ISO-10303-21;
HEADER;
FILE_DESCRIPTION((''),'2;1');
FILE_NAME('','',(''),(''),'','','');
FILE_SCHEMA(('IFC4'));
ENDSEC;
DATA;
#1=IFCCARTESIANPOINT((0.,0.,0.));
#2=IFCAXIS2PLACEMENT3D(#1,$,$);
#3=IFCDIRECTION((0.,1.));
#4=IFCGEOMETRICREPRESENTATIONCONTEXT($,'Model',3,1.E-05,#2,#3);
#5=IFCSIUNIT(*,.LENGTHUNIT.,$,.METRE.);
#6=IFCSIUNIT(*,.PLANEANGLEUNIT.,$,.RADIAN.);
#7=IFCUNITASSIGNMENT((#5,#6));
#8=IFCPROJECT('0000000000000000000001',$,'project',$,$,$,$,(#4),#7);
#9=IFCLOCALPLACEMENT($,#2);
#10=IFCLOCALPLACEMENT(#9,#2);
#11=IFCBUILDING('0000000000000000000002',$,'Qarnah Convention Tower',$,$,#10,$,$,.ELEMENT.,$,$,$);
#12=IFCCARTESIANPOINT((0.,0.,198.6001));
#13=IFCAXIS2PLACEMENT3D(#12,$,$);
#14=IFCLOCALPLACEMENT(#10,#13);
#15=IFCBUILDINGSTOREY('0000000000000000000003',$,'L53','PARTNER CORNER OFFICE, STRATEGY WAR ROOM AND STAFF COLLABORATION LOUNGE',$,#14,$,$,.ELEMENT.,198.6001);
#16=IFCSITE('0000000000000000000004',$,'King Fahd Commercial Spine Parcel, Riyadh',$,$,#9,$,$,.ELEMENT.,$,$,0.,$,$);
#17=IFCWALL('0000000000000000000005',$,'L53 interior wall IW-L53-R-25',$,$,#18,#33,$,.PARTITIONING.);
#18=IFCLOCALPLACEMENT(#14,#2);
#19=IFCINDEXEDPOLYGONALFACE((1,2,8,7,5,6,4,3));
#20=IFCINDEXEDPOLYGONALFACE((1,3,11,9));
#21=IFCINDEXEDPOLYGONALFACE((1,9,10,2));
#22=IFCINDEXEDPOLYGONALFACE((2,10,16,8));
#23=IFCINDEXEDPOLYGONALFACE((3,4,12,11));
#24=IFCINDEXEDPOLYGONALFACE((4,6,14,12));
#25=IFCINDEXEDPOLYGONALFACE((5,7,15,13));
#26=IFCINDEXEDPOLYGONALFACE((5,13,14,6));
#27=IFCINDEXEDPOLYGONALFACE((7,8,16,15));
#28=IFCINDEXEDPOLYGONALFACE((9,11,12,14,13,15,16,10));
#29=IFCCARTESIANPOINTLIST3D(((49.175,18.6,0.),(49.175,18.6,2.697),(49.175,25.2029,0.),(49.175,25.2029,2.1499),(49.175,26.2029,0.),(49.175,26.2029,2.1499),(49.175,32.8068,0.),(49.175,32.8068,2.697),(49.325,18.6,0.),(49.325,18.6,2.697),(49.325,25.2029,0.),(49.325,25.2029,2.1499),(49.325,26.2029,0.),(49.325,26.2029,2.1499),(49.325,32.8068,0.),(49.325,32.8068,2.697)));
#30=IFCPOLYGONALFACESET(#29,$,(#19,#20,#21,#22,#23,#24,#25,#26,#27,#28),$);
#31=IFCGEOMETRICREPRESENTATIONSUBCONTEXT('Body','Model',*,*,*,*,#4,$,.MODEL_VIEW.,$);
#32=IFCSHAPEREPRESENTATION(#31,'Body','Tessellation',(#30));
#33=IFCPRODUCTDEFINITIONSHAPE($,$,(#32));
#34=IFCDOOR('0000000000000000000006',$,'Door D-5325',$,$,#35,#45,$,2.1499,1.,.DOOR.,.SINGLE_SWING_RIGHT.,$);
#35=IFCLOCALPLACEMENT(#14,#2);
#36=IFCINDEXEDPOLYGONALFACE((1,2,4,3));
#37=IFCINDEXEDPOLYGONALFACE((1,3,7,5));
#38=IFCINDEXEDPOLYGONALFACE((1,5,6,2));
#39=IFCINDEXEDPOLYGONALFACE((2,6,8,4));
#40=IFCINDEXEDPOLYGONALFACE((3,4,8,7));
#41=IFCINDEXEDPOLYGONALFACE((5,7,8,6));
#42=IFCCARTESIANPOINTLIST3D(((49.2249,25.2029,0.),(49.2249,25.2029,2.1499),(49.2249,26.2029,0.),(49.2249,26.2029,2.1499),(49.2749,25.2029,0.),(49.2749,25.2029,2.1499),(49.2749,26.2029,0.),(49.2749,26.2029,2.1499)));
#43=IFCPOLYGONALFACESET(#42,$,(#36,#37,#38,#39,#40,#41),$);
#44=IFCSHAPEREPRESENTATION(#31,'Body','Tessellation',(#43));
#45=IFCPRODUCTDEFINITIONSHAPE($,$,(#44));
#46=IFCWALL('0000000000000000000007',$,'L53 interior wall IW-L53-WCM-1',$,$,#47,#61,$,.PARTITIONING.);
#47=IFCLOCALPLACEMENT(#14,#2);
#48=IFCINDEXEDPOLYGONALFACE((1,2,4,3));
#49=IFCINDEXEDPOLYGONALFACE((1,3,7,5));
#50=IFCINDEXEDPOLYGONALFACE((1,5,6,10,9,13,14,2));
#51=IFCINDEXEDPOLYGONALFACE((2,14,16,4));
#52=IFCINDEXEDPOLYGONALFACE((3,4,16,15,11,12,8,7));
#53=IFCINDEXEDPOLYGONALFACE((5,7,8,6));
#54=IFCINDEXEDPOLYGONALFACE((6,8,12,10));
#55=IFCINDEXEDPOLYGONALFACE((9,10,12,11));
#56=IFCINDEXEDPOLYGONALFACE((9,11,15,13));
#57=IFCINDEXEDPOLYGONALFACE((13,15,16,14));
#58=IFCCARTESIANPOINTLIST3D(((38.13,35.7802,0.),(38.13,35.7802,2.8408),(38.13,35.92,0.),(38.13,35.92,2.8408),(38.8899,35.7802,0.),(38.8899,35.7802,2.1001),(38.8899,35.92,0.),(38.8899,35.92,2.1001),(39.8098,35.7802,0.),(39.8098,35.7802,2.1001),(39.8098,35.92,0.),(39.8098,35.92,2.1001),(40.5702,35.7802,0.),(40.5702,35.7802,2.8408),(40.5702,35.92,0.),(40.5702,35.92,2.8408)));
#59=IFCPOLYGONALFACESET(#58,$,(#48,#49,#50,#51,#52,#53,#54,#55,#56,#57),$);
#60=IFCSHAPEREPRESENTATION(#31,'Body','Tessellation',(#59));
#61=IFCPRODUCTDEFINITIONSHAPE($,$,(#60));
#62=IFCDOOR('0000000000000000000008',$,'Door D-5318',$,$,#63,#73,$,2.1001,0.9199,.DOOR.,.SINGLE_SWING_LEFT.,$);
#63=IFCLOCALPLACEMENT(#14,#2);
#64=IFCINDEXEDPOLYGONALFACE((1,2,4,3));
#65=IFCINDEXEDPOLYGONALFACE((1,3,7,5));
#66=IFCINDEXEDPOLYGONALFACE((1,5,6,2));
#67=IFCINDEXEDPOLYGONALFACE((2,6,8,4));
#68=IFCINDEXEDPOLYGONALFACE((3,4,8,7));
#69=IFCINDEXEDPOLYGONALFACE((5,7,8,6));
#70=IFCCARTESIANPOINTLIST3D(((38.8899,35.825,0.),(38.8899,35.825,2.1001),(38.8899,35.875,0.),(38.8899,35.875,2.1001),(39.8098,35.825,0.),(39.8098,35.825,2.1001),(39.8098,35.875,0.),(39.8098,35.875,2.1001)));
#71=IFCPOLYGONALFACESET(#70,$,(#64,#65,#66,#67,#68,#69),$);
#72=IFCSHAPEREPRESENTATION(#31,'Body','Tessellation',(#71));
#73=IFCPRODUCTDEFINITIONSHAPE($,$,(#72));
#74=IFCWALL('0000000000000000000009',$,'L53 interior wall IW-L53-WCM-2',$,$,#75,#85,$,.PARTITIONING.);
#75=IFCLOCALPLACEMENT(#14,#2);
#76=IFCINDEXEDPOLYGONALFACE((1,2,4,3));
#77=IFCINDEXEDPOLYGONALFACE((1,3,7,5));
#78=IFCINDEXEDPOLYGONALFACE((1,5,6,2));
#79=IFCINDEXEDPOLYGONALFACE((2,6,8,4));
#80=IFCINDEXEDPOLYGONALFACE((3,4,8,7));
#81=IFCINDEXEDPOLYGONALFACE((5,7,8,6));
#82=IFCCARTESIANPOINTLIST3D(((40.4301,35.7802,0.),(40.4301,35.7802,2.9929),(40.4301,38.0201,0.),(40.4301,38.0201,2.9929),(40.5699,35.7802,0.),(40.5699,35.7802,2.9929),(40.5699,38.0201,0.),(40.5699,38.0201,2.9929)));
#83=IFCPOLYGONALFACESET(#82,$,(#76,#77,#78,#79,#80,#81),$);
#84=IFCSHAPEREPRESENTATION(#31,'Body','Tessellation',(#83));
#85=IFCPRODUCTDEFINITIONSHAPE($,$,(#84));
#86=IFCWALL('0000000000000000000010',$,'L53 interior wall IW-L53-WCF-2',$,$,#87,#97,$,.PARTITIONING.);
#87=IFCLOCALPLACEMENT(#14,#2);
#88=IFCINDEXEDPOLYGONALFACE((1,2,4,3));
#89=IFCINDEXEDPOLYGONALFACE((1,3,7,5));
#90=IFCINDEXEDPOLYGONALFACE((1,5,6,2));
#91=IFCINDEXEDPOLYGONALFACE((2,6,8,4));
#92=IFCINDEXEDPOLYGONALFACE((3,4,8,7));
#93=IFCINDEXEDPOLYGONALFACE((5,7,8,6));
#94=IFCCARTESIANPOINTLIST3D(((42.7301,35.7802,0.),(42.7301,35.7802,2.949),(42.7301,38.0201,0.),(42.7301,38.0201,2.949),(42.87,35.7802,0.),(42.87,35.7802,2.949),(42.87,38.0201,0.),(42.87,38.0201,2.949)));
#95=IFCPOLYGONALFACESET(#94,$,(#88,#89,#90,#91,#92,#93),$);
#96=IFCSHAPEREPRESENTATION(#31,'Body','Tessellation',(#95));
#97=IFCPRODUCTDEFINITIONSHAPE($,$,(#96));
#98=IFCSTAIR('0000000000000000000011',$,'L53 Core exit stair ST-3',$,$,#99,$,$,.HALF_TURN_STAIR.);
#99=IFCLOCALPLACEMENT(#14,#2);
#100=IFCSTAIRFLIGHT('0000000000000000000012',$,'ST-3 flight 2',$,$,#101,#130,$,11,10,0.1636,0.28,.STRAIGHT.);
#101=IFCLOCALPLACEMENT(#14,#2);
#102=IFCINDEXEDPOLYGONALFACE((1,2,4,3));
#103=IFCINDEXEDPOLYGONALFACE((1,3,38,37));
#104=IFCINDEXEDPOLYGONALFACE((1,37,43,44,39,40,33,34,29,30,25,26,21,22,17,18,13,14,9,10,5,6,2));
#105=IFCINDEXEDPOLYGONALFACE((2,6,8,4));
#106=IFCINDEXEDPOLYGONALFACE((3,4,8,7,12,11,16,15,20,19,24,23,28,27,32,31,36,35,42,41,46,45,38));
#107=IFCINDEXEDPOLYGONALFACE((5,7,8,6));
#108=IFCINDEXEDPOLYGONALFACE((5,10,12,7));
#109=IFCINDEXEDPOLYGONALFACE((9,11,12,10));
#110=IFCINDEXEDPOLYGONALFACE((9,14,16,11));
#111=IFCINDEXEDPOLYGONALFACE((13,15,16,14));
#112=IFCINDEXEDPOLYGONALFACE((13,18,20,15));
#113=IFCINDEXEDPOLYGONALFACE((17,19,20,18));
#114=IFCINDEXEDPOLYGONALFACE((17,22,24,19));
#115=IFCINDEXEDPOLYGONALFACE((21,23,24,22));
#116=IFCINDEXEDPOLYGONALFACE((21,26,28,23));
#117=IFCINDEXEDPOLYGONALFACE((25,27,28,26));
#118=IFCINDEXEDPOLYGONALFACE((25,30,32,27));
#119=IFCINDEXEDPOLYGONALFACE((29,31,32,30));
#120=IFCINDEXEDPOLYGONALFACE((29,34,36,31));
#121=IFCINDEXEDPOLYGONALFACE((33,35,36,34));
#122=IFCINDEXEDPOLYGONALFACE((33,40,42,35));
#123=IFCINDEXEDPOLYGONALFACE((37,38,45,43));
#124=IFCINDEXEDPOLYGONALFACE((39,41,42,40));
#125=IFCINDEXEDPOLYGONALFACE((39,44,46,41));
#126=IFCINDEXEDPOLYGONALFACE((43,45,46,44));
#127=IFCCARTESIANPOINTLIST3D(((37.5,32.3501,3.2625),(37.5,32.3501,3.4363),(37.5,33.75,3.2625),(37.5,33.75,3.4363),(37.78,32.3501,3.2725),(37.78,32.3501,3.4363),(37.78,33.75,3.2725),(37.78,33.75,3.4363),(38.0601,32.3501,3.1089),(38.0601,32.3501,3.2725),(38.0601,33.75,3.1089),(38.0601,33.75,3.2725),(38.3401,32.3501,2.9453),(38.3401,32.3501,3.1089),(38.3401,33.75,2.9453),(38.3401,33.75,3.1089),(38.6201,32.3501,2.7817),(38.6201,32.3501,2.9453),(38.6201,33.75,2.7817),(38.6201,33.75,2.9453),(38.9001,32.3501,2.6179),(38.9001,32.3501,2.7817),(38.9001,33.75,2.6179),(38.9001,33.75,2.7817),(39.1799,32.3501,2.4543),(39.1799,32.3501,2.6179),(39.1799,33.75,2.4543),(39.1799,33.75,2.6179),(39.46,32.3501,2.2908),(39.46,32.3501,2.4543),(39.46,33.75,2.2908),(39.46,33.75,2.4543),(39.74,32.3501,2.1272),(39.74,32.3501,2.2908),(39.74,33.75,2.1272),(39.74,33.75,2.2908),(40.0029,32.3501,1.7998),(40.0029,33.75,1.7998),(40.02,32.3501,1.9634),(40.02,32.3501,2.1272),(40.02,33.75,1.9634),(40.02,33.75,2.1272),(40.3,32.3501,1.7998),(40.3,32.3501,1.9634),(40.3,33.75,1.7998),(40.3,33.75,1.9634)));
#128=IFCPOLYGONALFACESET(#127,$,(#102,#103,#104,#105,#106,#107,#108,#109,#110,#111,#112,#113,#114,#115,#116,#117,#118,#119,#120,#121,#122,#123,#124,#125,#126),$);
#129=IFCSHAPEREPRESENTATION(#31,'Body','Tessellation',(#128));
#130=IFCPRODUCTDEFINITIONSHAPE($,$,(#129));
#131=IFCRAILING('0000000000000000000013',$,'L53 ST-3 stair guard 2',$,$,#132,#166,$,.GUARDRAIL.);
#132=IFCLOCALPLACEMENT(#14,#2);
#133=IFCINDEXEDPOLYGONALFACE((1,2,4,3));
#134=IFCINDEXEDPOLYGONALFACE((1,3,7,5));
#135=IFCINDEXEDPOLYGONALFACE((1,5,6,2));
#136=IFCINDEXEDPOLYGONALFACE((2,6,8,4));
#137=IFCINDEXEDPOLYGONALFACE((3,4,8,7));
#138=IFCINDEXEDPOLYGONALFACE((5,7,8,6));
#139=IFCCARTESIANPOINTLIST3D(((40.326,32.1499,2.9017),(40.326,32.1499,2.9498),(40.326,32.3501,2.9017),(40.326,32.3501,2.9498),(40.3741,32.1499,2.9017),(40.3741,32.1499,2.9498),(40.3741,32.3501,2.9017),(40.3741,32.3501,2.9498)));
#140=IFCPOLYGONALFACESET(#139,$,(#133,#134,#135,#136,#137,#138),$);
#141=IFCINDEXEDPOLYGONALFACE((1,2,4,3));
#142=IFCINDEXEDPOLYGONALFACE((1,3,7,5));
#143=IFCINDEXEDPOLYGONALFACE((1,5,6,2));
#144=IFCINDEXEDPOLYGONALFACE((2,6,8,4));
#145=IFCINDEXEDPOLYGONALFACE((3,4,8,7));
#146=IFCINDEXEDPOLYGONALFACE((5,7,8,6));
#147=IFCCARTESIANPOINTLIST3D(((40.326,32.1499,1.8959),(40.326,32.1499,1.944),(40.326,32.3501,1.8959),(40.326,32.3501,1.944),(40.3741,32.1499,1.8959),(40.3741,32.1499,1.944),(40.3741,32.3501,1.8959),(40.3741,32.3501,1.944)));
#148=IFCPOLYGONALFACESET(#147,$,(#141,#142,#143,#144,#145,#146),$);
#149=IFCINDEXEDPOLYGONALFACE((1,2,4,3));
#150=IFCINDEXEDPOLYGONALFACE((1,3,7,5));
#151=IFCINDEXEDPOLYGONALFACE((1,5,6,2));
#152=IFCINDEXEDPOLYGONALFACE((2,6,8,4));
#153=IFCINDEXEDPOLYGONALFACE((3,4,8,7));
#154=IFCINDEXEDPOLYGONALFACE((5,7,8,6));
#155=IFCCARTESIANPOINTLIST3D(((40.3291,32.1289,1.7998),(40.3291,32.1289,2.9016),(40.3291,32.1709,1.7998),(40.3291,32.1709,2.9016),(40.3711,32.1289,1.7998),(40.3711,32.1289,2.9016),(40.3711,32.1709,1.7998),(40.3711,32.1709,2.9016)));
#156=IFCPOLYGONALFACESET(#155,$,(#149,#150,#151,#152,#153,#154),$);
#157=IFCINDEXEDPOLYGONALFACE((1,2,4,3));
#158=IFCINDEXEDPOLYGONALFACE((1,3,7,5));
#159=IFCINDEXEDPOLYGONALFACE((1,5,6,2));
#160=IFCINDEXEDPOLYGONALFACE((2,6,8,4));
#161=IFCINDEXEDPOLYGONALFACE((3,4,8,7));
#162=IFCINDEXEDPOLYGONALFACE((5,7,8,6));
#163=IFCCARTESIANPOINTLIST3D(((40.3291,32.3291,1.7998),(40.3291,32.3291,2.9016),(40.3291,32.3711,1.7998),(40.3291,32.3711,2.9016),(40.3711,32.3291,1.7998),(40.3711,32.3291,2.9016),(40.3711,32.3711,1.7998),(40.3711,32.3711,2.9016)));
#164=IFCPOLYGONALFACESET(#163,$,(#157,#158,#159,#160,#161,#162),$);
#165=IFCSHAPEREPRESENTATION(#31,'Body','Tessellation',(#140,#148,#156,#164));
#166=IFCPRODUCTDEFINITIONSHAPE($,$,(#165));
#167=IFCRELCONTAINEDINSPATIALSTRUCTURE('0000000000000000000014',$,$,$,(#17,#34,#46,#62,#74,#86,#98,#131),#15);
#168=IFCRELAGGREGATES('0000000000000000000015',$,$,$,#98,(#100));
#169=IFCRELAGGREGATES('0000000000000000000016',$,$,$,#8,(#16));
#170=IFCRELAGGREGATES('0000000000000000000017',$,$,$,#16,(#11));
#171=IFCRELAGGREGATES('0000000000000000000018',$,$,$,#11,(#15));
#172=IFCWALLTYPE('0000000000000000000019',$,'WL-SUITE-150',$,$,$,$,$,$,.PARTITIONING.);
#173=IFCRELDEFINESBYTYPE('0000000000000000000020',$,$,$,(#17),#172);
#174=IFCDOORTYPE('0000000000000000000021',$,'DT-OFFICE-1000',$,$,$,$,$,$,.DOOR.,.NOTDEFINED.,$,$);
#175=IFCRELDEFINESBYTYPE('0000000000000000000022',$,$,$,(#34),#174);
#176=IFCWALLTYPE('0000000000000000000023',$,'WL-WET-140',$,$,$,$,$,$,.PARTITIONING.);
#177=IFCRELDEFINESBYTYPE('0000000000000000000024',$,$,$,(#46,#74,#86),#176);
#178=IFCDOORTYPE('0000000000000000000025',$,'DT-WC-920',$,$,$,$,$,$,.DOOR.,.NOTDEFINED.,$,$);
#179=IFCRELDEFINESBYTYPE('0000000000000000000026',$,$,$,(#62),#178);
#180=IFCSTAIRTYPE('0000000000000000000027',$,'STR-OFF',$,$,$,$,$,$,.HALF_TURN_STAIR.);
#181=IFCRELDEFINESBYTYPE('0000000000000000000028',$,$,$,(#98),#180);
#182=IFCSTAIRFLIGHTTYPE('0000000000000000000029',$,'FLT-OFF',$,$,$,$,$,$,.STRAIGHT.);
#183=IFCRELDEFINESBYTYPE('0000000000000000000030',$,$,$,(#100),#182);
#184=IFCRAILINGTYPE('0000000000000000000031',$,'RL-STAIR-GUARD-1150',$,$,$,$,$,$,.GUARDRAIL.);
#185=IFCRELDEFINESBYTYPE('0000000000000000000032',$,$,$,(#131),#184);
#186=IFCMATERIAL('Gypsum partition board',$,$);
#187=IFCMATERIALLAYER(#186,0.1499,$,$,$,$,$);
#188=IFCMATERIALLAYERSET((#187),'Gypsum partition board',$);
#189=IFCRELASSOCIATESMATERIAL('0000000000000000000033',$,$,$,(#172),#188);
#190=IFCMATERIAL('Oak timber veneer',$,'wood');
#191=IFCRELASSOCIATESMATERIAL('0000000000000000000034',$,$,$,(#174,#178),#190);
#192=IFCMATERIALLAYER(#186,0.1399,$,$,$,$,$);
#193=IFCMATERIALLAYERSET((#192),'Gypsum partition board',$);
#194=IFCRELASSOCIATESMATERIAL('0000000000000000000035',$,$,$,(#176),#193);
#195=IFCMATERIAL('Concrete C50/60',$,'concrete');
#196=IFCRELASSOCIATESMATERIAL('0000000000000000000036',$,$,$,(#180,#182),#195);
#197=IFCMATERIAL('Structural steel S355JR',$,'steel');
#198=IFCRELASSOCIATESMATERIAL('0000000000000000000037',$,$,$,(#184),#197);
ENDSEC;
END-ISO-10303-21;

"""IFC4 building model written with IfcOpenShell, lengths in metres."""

from ifc_helpers import new_model, si_unit, direction, frame, frame_2d, origin, origin_2d, place, context, subcontext, project, spatial, polyline, rectangle, outline, extrude, material, layer, layer_set, type_object, element, fill, aggregate, save


model = new_model("IFC4")

# Units and contexts
model_context = context("Model", 3, precision=1e-05, world=origin(), true_north=direction((0.0, 1.0)))
body_context = subcontext(model_context, "Body", "Model", "MODEL_VIEW")
ifc_project = project(units=[si_unit("LENGTHUNIT", "METRE"), si_unit("PLANEANGLEUNIT", "RADIAN")], contexts=[model_context])

# Site, building, storey
site_placement = place(None, origin())
site = spatial("IfcSite", under=ifc_project, at=site_placement, Name="King Fahd Commercial Spine Parcel, Riyadh", CompositionType="ELEMENT", RefElevation=0.0)
building_placement = place(site_placement, origin())
building = spatial("IfcBuilding", under=site, at=building_placement, Name="Qarnah Convention Tower", CompositionType="ELEMENT")
storey_placement = place(building_placement, frame((0.0, 0.0, 198.6001)))
storey = spatial("IfcBuildingStorey", under=building, at=storey_placement, Name="L53", Description="PARTNER CORNER OFFICE, STRATEGY WAR ROOM AND STAFF COLLABORATION LOUNGE", CompositionType="ELEMENT", Elevation=198.6001)

# Shared definitions
ifc_material_1 = material(Name="Concrete C50/60", Category="concrete")

# Shared definitions
ifc_material_2 = material(Name="Structural steel S355JR", Category="steel")

# Shared definitions
ifc_material_3 = material(Name="Gypsum partition board")
ifc_layer_1 = layer(ifc_material_3, 0.1499)
ifc_layer_set_1 = layer_set([ifc_layer_1], Name="Gypsum partition board")
wall_type_1 = type_object("IfcWallType", Name="WL-SUITE-150", PredefinedType="PARTITIONING", material=ifc_layer_set_1)

# Walls, openings, doors
wall_1_placement = place(storey_placement, frame((49.25, 32.8069, 0.0), z_axis=(0.0, 0.0, 1.0), x_axis=(0.0, -1.0, 0.0)))
wall_1 = element("IfcWall", 1, at=wall_1_placement, inside=storey, type_object=wall_type_1, Name="L53 interior wall IW-L53-R-25", PredefinedType="PARTITIONING", context=body_context, shape_type="SweptSolid", body=[
    extrude(rectangle(XDim=14.2068, YDim=0.1499, at=frame_2d((7.1035, 0.0))), origin(), (0.0, 0.0, 1.0), 2.697),
])
opening_1_placement = place(wall_1_placement, frame((6.604, 0.0, 0.0)))
opening_1 = element("IfcOpeningElement", 2, at=opening_1_placement, cuts=wall_1, PredefinedType="OPENING", context=body_context, shape_type="SweptSolid", body=[
    extrude(rectangle(XDim=1.0, YDim=2.1499, at=frame_2d((0.5, 1.075))), frame((0.0, 0.085, 0.0), z_axis=(0.0, -1.0, 0.0), x_axis=(1.0, 0.0, 0.0)), (0.0, 0.0, 1.0), 0.1699),
])
ifc_material_4 = material(Name="Oak timber veneer", Category="wood")
door_type_1 = type_object("IfcDoorType", Name="DT-OFFICE-1000", OperationType="NOTDEFINED", PredefinedType="DOOR", material=ifc_material_4)
door_1_placement = place(opening_1_placement, origin())
door_1 = element("IfcDoor", 3, at=door_1_placement, inside=storey, type_object=door_type_1, Name="Door D-5325", OperationType="SINGLE_SWING_RIGHT", OverallHeight=2.1499, OverallWidth=1.0, PredefinedType="DOOR", context=body_context, shape_type="SweptSolid", body=[
    extrude(rectangle(XDim=1.0, YDim=2.1499, at=frame_2d((0.5, 1.075))), frame((0.0, 0.0249, 0.0), z_axis=(0.0, -1.0, 0.0), x_axis=(1.0, 0.0, 0.0)), (0.0, 0.0, 1.0), 0.05),
])
fill(opening_1, door_1)
ifc_layer_2 = layer(ifc_material_3, 0.1399)
ifc_layer_set_2 = layer_set([ifc_layer_2], Name="Gypsum partition board")
wall_type_2 = type_object("IfcWallType", Name="WL-WET-140", PredefinedType="PARTITIONING", material=ifc_layer_set_2)
wall_2_placement = place(storey_placement, frame((38.1299, 35.8501, 0.0), z_axis=(0.0, 0.0, 1.0), x_axis=(1.0, 0.0, 0.0)))
wall_2 = element("IfcWall", 4, at=wall_2_placement, inside=storey, type_object=wall_type_2, Name="L53 interior wall IW-L53-WCM-1", PredefinedType="PARTITIONING", context=body_context, shape_type="SweptSolid", body=[
    extrude(rectangle(XDim=2.4402, YDim=0.1399, at=frame_2d((1.2202, 0.0))), origin(), (0.0, 0.0, 1.0), 2.8408),
])
opening_2_placement = place(wall_2_placement, frame((0.76, 0.0, 0.0)))
opening_2 = element("IfcOpeningElement", 5, at=opening_2_placement, cuts=wall_2, PredefinedType="OPENING", context=body_context, shape_type="SweptSolid", body=[
    extrude(rectangle(XDim=0.9199, YDim=2.1001, at=frame_2d((0.46, 1.05))), frame((0.0, 0.0798, 0.0), z_axis=(0.0, -1.0, 0.0), x_axis=(1.0, 0.0, 0.0)), (0.0, 0.0, 1.0), 0.1599),
])
door_type_2 = type_object("IfcDoorType", Name="DT-WC-920", OperationType="NOTDEFINED", PredefinedType="DOOR", material=ifc_material_4)
door_2_placement = place(opening_2_placement, origin())
door_2 = element("IfcDoor", 6, at=door_2_placement, inside=storey, type_object=door_type_2, Name="Door D-5318", OperationType="SINGLE_SWING_LEFT", OverallHeight=2.1001, OverallWidth=0.9199, PredefinedType="DOOR", context=body_context, shape_type="SweptSolid", body=[
    extrude(rectangle(XDim=0.9199, YDim=2.1001, at=frame_2d((0.46, 1.05))), frame((0.0, 0.0249, 0.0), z_axis=(0.0, -1.0, 0.0), x_axis=(1.0, 0.0, 0.0)), (0.0, 0.0, 1.0), 0.05),
])
fill(opening_2, door_2)

# Walls
wall_3_placement = place(storey_placement, frame((40.5, 35.78, 0.0), z_axis=(0.0, 0.0, 1.0), x_axis=(0.0, 1.0, 0.0)))
element("IfcWall", 7, at=wall_3_placement, inside=storey, type_object=wall_type_2, Name="L53 interior wall IW-L53-WCM-2", PredefinedType="PARTITIONING", context=body_context, shape_type="SweptSolid", body=[
    extrude(rectangle(XDim=2.24, YDim=0.1399, at=frame_2d((1.1201, 0.0))), origin(), (0.0, 0.0, 1.0), 2.9929),
])
wall_4_placement = place(storey_placement, frame((42.8, 35.78, 0.0), z_axis=(0.0, 0.0, 1.0), x_axis=(0.0, 1.0, 0.0)))
element("IfcWall", 8, at=wall_4_placement, inside=storey, type_object=wall_type_2, Name="L53 interior wall IW-L53-WCF-2", PredefinedType="PARTITIONING", context=body_context, shape_type="SweptSolid", body=[
    extrude(rectangle(XDim=2.24, YDim=0.1399, at=frame_2d((1.1201, 0.0))), origin(), (0.0, 0.0, 1.0), 2.949),
])

# Stair, stair flight
stair_type = type_object("IfcStairType", Name="STR-OFF", PredefinedType="HALF_TURN_STAIR", material=ifc_material_1)
stair_placement = place(storey_placement, origin())
stair = element("IfcStair", 9, at=stair_placement, inside=storey, type_object=stair_type, Name="L53 Core exit stair ST-3", PredefinedType="HALF_TURN_STAIR")
stair_flight_type = type_object("IfcStairFlightType", Name="FLT-OFF", PredefinedType="STRAIGHT", material=ifc_material_1)
stair_flight_placement = place(storey_placement, frame((40.3, 33.05, 1.7998), z_axis=(0.0, 0.0, 1.0), x_axis=(-1.0, 0.0, 0.0)))
stair_flight = element("IfcStairFlight", 10, at=stair_flight_placement, type_object=stair_flight_type, Name="ST-3 flight 2", NumberOfRisers=11, NumberOfTreads=10, PredefinedType="STRAIGHT", RiserHeight=0.1636, TreadLength=0.28, context=body_context, shape_type="SweptSolid", body=[
    extrude(outline(polyline([(0.0, 0.0), (0.0, 0.1636), (0.28, 0.1636), (0.28, 0.3274), (0.5601, 0.3274), (0.5601, 0.491), (0.8401, 0.491), (0.8401, 0.6545), (1.1201, 0.6545), (1.1201, 0.8181), (1.3999, 0.8181), (1.3999, 0.9819), (1.6799, 0.9819), (1.6799, 1.1455), (1.96, 1.1455), (1.96, 1.3091), (2.24, 1.3091), (2.24, 1.4727), (2.52, 1.4727), (2.52, 1.6365), (2.8, 1.6365), (2.8, 1.8), (2.8, 1.4626), (0.2971, 0.0), (0.0, 0.0)])), frame((0.0, 0.7, 0.0), z_axis=(0.0, -1.0, 0.0), x_axis=(1.0, 0.0, 0.0)), (0.0, 0.0, 1.0), 1.3999),
])
aggregate(stair, [stair_flight])

# Railing
railing_type_1 = type_object("IfcRailingType", Name="RL-STAIR-GUARD-1150", PredefinedType="GUARDRAIL", material=ifc_material_2)
railing_1_placement = place(storey_placement, frame((40.3501, 32.1499, 1.7998)))
element("IfcRailing", 11, at=railing_1_placement, inside=storey, type_object=railing_type_1, Name="L53 ST-3 stair guard 2", PredefinedType="GUARDRAIL", context=body_context, shape_type="SweptSolid", body=[
    extrude(rectangle(XDim=0.0481, YDim=0.0481, at=origin_2d()), frame((0.0, 0.0, 1.126), z_axis=(0.0, 1.0, 0.0), x_axis=(-1.0, 0.0, 0.0)), (0.0, 0.0, 1.0), 0.2002),
    extrude(rectangle(XDim=0.0481, YDim=0.0481, at=origin_2d()), frame((0.0, 0.0, 0.1201), z_axis=(0.0, 1.0, 0.0), x_axis=(-1.0, 0.0, 0.0)), (0.0, 0.0, 1.0), 0.2002),
    extrude(rectangle(XDim=0.042, YDim=0.042, at=origin_2d()), origin(), (0.0, 0.0, 1.0), 1.1018),
    extrude(rectangle(XDim=0.042, YDim=0.042, at=origin_2d()), frame((0.0, 0.2002, 0.0)), (0.0, 0.0, 1.0), 1.1018),
])

save(model, "model.ifc")
